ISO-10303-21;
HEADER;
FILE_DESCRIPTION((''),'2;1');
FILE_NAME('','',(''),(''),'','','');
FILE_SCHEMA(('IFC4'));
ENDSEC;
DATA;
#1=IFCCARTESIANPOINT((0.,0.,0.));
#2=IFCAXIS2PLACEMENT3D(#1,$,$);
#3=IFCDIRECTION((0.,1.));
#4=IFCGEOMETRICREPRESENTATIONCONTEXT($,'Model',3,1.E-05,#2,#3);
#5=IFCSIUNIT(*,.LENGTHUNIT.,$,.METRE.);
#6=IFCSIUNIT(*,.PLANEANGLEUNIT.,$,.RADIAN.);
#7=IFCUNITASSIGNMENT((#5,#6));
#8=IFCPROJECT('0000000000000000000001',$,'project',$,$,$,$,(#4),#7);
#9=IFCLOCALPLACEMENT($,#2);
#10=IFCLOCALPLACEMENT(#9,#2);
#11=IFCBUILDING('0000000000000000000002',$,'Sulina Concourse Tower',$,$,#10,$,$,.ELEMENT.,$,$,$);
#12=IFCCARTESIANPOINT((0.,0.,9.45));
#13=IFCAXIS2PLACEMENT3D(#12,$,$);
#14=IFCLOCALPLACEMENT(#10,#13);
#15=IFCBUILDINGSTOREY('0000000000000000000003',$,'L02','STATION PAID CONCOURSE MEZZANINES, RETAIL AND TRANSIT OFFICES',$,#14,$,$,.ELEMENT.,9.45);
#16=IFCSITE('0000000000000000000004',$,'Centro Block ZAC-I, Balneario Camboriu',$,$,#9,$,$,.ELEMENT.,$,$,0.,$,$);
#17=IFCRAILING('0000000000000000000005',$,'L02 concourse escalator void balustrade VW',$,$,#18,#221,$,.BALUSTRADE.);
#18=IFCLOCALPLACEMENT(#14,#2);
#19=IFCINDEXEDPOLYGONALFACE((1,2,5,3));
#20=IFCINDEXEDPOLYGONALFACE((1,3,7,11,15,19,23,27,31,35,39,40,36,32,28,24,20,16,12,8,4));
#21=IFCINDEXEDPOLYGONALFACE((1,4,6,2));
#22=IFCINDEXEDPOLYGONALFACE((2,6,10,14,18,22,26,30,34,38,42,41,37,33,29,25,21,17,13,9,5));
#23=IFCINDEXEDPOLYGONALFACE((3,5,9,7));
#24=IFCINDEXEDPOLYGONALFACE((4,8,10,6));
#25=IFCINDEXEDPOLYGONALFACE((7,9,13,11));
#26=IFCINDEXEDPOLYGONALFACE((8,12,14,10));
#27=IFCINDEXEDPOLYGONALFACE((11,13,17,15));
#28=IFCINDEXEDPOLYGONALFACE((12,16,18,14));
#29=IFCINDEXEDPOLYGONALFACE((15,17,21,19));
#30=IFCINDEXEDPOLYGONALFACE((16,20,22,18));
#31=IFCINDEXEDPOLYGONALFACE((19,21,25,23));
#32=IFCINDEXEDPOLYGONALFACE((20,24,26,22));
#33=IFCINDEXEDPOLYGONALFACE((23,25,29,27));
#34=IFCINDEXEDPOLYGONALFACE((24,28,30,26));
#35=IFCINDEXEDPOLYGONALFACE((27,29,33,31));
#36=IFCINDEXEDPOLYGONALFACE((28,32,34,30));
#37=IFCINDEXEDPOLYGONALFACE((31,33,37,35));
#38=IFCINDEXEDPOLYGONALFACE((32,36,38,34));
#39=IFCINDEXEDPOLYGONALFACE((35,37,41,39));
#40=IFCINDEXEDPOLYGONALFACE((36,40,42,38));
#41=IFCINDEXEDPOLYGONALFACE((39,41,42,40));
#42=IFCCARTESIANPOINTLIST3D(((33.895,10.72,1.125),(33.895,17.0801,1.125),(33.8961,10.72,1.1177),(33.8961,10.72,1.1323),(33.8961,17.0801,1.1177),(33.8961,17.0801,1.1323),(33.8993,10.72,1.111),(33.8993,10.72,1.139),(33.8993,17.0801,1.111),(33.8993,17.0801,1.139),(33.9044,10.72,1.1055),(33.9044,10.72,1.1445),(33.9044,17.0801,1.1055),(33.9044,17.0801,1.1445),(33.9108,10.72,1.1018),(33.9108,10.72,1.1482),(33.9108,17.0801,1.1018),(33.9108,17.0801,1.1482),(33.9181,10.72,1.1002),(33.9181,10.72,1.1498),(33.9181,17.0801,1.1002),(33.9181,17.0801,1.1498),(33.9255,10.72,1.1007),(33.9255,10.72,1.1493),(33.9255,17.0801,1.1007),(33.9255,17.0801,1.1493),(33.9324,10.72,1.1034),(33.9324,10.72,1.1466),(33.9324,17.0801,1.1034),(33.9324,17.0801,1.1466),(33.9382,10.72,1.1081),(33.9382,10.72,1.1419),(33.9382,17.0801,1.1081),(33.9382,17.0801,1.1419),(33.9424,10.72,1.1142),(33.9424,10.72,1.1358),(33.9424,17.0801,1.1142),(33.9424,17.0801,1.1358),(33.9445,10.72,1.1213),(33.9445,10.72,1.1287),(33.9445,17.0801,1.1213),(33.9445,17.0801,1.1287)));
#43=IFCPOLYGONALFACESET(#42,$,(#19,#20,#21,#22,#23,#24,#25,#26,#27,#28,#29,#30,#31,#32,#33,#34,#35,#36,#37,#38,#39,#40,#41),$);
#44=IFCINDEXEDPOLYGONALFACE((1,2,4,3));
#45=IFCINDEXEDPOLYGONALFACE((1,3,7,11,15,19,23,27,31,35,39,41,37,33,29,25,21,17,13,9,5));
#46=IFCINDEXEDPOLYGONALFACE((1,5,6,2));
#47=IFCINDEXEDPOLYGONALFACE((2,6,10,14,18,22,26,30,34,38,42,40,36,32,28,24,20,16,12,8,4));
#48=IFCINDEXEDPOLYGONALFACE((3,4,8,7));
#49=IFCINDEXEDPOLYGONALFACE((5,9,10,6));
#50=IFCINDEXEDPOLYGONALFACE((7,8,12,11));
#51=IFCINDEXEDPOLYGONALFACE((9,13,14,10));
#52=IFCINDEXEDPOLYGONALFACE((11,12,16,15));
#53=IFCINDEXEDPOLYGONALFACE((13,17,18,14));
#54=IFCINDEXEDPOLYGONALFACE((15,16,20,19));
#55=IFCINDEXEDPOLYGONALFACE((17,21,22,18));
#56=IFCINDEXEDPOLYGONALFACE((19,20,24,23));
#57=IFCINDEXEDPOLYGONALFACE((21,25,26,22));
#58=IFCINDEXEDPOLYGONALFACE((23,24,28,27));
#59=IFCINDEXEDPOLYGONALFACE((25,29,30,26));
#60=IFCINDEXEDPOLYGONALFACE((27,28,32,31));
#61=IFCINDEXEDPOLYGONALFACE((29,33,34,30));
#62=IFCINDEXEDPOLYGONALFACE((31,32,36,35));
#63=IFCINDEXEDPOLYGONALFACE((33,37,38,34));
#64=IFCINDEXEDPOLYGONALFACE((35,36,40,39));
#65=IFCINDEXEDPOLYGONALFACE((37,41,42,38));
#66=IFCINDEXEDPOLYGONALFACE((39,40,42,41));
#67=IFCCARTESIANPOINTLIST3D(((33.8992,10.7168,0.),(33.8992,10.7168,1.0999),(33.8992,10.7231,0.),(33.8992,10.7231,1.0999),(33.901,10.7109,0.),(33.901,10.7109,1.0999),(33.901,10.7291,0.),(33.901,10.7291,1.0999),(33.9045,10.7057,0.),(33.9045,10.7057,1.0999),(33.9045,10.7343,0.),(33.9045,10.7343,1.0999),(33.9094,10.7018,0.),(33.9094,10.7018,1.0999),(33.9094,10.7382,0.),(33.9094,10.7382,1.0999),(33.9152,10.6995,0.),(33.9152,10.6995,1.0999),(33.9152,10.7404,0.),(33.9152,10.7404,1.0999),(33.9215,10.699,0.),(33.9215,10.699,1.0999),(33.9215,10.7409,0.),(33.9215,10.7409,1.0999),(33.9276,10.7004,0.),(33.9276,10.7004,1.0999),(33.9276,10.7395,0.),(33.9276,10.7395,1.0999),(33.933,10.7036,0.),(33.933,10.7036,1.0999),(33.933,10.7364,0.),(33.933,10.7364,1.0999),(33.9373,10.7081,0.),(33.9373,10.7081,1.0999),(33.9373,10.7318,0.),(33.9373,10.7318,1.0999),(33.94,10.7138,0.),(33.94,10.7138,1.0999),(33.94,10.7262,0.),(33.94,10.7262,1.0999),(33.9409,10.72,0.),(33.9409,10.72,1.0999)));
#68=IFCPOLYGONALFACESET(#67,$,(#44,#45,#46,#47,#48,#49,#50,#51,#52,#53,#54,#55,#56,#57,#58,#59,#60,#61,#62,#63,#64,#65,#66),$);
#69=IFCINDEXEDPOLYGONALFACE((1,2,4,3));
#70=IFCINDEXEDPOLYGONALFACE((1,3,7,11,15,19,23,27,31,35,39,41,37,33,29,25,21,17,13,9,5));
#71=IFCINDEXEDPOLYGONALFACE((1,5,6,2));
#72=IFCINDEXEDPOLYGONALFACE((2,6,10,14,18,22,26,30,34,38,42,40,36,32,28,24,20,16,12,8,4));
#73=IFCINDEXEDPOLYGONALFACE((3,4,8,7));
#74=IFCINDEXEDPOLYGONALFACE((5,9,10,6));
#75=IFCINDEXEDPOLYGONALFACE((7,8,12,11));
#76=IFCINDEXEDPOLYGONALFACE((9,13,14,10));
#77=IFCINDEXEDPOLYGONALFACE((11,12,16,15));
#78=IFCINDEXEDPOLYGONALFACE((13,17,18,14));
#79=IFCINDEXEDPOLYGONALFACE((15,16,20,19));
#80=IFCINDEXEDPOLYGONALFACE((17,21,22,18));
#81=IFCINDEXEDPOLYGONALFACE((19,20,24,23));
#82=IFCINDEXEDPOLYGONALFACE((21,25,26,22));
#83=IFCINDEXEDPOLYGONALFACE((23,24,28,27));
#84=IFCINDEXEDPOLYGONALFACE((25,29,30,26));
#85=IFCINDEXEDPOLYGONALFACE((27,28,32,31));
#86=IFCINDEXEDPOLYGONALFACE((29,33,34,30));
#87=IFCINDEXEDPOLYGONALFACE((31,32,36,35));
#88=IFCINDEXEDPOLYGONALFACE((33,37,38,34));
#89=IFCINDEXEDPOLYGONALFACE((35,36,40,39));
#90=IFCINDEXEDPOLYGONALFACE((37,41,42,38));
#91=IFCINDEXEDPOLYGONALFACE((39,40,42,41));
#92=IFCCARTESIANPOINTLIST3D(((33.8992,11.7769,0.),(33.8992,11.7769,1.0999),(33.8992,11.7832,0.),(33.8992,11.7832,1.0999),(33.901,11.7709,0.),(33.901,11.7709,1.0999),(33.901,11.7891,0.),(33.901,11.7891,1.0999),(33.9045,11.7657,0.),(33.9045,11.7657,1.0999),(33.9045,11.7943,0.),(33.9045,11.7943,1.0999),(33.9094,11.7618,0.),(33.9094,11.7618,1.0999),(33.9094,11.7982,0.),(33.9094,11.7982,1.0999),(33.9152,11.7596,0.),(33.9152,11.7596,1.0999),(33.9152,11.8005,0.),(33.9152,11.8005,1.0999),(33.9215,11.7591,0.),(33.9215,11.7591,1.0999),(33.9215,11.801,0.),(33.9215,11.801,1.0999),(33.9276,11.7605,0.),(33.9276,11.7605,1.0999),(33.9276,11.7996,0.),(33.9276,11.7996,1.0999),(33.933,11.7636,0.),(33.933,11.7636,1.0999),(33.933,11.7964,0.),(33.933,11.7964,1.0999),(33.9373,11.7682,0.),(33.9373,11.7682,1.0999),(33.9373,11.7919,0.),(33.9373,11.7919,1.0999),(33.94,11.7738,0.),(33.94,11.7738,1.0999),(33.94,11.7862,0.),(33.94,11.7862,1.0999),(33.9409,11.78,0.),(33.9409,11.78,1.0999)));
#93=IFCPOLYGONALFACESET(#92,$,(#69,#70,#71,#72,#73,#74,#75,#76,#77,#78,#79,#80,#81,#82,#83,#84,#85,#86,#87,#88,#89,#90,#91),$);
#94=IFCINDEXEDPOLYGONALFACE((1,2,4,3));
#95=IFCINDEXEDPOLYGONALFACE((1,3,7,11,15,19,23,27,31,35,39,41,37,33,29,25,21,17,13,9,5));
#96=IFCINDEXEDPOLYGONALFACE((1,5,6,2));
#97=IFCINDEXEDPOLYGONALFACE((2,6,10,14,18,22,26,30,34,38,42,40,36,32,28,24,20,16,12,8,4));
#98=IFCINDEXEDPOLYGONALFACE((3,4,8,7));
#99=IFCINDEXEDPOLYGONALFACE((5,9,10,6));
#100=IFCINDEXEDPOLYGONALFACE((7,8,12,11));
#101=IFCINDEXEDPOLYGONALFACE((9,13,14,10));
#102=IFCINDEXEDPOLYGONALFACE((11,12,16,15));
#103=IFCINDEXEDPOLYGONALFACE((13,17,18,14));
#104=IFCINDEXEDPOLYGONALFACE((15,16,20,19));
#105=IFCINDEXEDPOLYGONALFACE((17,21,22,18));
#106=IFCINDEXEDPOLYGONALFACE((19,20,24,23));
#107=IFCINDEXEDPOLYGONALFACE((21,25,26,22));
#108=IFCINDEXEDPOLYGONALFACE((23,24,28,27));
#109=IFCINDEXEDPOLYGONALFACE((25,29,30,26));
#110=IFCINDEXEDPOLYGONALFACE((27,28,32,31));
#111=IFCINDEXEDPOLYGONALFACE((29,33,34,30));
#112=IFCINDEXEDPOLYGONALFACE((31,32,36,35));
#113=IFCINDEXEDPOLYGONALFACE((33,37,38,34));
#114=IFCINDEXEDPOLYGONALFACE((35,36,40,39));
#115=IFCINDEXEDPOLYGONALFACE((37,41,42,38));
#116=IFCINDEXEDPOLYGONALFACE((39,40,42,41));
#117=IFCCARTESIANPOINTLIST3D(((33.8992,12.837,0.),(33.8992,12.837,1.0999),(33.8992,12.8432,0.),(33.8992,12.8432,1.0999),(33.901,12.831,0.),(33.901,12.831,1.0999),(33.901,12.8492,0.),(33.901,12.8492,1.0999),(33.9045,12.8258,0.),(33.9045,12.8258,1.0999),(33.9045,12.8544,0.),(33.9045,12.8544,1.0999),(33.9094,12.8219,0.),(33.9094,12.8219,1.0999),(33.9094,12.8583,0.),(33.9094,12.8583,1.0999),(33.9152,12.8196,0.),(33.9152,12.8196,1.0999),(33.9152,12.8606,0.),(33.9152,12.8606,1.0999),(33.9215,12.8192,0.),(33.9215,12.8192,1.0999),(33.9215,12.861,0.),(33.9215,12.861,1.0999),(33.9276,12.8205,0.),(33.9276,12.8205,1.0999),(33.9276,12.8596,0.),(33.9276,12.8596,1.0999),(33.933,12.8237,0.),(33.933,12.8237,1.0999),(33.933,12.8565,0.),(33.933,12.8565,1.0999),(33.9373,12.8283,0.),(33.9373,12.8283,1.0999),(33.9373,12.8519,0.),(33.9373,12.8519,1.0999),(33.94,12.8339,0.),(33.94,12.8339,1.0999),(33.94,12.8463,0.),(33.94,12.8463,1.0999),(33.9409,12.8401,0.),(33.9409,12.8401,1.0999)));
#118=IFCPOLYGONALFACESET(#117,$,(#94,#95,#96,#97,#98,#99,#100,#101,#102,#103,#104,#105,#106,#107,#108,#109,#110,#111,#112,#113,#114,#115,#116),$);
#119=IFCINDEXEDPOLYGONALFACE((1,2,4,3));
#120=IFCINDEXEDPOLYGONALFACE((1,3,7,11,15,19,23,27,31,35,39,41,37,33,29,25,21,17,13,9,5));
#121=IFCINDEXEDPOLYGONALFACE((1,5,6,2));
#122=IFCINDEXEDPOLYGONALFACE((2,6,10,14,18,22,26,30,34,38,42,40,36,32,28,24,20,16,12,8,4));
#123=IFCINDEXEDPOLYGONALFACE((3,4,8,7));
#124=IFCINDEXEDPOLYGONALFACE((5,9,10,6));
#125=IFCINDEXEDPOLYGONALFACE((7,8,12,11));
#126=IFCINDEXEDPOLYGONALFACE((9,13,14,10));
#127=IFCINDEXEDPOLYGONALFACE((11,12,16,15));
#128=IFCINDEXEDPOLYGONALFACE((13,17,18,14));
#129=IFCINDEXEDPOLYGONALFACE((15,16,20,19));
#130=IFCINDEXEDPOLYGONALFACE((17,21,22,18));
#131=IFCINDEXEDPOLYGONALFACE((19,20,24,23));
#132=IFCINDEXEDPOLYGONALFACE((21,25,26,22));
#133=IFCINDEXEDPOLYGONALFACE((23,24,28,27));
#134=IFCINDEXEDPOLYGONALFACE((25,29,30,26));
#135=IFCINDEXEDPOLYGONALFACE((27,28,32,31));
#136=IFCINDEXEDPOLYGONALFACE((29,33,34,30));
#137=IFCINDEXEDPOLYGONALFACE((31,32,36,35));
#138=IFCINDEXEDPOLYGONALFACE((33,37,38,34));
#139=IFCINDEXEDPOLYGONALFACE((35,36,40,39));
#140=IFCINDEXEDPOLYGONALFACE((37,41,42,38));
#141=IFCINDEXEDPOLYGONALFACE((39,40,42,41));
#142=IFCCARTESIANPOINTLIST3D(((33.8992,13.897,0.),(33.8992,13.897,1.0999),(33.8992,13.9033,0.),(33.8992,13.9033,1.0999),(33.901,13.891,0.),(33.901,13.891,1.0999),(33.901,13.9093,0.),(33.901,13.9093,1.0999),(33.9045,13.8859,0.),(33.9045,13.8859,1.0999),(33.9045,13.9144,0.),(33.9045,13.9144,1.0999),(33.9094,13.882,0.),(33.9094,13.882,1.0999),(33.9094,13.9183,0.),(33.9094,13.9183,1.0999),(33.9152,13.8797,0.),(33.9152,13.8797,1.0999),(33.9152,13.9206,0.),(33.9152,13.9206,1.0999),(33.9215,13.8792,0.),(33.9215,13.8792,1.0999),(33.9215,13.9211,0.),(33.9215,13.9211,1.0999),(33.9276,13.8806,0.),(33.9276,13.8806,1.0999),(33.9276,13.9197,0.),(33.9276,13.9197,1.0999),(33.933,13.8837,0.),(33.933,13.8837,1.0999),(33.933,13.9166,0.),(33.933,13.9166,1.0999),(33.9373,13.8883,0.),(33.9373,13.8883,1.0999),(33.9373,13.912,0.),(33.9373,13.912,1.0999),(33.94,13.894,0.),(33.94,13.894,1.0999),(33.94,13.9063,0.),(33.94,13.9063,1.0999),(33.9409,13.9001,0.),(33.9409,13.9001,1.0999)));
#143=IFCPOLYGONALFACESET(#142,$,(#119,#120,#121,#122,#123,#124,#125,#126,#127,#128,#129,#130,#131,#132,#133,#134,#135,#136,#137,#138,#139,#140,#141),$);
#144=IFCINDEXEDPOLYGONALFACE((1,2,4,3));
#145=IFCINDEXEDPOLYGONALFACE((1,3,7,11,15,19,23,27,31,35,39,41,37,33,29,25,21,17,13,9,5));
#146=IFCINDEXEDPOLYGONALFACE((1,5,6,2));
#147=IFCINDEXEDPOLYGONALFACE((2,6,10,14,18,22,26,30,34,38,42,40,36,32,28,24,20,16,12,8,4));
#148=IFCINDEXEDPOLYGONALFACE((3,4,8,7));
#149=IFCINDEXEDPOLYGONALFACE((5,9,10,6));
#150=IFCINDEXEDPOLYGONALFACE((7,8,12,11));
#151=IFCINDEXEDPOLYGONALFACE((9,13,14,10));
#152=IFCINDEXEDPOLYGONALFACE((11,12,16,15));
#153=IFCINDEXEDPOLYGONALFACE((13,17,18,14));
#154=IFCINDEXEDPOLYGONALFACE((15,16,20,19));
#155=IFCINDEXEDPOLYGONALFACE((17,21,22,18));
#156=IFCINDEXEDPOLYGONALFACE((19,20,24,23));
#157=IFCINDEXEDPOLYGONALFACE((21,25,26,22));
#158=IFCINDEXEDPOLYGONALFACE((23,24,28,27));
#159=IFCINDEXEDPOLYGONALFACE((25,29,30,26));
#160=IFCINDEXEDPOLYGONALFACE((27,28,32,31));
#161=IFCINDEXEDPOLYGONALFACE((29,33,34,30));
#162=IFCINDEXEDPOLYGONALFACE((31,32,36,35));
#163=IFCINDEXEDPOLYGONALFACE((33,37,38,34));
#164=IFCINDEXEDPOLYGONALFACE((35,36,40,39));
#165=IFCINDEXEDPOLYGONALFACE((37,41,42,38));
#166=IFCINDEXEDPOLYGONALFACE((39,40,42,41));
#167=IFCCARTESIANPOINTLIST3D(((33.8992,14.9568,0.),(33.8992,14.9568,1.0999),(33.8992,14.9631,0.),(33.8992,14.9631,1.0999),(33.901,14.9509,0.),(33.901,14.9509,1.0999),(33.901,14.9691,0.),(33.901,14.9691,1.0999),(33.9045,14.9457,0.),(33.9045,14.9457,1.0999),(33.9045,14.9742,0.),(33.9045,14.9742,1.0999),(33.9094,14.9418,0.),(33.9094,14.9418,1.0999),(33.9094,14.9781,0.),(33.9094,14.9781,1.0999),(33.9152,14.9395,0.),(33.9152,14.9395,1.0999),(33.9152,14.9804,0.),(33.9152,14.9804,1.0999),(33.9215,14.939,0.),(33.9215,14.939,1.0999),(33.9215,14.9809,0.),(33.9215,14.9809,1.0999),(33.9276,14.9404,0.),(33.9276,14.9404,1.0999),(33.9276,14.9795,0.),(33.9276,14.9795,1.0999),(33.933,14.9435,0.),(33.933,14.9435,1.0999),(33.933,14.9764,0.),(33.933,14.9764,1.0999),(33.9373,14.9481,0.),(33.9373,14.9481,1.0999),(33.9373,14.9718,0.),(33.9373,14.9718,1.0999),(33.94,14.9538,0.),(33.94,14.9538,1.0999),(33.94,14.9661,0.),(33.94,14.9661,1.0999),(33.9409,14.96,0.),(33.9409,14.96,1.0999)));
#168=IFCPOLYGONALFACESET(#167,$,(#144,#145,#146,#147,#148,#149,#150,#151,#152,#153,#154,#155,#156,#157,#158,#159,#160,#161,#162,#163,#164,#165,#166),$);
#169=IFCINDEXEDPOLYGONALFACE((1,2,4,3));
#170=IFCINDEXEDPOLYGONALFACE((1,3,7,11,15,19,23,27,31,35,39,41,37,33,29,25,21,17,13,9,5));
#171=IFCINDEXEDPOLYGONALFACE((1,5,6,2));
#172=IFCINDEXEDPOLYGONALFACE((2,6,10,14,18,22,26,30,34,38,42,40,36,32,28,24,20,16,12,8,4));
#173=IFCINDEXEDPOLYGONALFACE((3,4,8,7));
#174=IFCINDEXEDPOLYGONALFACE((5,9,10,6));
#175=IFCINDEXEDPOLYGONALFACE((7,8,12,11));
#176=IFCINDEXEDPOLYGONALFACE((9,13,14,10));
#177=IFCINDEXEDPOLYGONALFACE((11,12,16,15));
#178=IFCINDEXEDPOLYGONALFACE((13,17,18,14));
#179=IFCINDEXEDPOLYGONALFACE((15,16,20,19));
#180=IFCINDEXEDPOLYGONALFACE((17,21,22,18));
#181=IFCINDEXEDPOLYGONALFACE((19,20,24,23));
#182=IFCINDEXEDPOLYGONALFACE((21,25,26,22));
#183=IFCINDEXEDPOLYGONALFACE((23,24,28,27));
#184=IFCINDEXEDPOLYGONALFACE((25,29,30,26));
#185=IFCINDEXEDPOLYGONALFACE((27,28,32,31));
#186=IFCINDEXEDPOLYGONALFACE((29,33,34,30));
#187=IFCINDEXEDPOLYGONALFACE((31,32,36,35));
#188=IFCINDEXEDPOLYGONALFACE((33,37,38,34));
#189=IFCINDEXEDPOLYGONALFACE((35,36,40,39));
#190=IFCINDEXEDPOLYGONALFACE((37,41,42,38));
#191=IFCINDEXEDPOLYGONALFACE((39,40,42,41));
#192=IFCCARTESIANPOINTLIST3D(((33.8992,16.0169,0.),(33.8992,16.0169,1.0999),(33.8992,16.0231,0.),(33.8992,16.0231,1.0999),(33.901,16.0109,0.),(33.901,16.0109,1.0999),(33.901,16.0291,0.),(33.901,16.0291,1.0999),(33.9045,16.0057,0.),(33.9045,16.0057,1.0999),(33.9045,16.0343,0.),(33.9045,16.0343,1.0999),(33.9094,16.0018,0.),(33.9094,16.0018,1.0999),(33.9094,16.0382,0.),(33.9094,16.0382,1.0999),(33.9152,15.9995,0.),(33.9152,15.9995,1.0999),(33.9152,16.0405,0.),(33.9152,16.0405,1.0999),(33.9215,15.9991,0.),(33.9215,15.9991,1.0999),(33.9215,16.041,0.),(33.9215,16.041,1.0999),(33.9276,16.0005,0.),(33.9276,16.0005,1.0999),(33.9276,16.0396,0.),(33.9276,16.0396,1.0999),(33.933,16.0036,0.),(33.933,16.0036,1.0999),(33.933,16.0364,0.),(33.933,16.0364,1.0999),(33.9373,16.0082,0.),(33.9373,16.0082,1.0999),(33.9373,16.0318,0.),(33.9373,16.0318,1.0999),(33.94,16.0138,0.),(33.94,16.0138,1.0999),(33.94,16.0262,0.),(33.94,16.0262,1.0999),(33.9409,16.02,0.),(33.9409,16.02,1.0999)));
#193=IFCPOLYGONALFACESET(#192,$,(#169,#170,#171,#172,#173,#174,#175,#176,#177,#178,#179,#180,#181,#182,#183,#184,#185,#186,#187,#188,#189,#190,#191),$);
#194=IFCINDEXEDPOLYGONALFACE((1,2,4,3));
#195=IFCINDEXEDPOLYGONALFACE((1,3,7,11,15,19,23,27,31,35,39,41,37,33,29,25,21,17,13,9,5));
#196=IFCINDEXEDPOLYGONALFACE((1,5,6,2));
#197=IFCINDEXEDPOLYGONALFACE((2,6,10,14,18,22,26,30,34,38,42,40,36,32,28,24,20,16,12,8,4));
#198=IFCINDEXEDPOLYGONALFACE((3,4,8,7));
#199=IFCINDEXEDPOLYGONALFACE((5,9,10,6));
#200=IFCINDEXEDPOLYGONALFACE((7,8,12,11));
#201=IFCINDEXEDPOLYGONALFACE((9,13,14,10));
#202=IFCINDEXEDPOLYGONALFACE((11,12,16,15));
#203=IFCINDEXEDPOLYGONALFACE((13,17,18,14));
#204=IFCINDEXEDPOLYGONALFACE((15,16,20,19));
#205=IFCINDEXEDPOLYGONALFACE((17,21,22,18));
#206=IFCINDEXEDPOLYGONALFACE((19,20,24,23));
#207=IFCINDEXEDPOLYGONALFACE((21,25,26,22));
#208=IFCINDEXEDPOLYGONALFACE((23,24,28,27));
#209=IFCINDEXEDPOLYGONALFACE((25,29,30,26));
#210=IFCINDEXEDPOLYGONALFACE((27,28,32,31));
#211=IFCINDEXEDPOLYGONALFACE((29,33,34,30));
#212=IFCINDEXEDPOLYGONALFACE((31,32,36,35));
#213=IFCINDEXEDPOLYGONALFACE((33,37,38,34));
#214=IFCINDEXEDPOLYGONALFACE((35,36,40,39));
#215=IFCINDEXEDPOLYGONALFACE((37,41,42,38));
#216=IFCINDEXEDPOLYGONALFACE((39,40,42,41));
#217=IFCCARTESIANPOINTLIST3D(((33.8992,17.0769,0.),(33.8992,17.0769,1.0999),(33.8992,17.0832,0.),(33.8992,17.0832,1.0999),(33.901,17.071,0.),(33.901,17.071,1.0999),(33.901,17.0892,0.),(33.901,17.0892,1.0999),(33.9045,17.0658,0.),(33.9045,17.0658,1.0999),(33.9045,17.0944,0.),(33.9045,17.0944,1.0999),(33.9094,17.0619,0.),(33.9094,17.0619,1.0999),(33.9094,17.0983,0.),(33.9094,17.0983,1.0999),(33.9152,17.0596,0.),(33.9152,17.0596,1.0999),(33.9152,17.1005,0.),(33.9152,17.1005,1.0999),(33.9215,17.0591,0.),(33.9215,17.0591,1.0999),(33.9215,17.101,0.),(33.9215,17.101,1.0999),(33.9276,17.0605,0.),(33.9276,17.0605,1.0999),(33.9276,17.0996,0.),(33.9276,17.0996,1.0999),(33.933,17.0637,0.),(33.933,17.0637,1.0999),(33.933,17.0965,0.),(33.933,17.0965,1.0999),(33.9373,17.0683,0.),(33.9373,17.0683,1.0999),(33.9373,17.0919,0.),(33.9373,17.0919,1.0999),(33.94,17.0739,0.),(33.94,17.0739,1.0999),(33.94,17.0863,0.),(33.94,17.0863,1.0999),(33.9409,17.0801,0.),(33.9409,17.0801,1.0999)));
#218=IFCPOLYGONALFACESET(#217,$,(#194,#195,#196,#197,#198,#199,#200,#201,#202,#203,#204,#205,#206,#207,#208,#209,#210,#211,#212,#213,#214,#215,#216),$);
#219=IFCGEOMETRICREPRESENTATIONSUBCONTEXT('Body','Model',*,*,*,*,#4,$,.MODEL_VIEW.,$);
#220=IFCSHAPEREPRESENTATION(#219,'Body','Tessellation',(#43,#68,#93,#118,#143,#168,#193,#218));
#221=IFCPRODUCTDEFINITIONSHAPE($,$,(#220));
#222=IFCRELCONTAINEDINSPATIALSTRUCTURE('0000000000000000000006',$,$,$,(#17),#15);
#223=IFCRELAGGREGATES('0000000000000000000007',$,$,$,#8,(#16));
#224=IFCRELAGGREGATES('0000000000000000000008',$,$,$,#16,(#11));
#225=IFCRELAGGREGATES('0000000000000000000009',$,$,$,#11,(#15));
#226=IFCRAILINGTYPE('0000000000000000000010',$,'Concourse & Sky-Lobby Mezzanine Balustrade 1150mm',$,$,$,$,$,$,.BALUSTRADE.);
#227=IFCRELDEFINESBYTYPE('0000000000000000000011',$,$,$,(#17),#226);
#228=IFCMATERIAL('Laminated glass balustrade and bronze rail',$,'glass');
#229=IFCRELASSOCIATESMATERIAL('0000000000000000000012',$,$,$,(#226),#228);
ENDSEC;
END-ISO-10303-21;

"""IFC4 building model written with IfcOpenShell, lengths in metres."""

from ifc_helpers import new_model, si_unit, direction, frame, origin, origin_2d, place, context, subcontext, project, spatial, circle, extrude, material, type_object, element, save


model = new_model("IFC4")

# Units and contexts
model_context = context("Model", 3, precision=1e-05, world=origin(), true_north=direction((0.0, 1.0)))
body_context = subcontext(model_context, "Body", "Model", "MODEL_VIEW")
ifc_project = project(units=[si_unit("LENGTHUNIT", "METRE"), si_unit("PLANEANGLEUNIT", "RADIAN")], contexts=[model_context])

# Site, building, storey
site_placement = place(None, origin())
site = spatial("IfcSite", under=ifc_project, at=site_placement, Name="Centro Block ZAC-I, Balneario Camboriu", CompositionType="ELEMENT", RefElevation=0.0)
building_placement = place(site_placement, origin())
building = spatial("IfcBuilding", under=site, at=building_placement, Name="Sulina Concourse Tower", CompositionType="ELEMENT")
storey_placement = place(building_placement, frame((0.0, 0.0, 9.45)))
storey = spatial("IfcBuildingStorey", under=building, at=storey_placement, Name="L02", Description="STATION PAID CONCOURSE MEZZANINES, RETAIL AND TRANSIT OFFICES", CompositionType="ELEMENT", Elevation=9.45)

# Railing
ifc_material_1 = material(Name="Laminated glass balustrade and bronze rail", Category="glass")
railing_type = type_object("IfcRailingType", Name="Concourse & Sky-Lobby Mezzanine Balustrade 1150mm", PredefinedType="BALUSTRADE", material=ifc_material_1)
railing_1_placement = place(storey_placement, frame((33.9199, 10.72, 0.0)))
element("IfcRailing", 1, at=railing_1_placement, inside=storey, type_object=railing_type, Name="L02 concourse escalator void balustrade VW", PredefinedType="BALUSTRADE", context=body_context, shape_type="SweptSolid", body=[
    extrude(circle(Radius=0.0249, at=origin_2d()), frame((0.0, 0.0, 1.125), z_axis=(0.0, 1.0, 0.0), x_axis=(-1.0, 0.0, 0.0)), (0.0, 0.0, 1.0), 6.3601),
    extrude(circle(Radius=0.021, at=origin_2d()), origin(), (0.0, 0.0, 1.0), 1.0999),
    extrude(circle(Radius=0.021, at=origin_2d()), frame((0.0, 1.0601, 0.0)), (0.0, 0.0, 1.0), 1.0999),
    extrude(circle(Radius=0.021, at=origin_2d()), frame((0.0, 2.1201, 0.0)), (0.0, 0.0, 1.0), 1.0999),
    extrude(circle(Radius=0.021, at=origin_2d()), frame((0.0, 3.1802, 0.0)), (0.0, 0.0, 1.0), 1.0999),
    extrude(circle(Radius=0.021, at=origin_2d()), frame((0.0, 4.24, 0.0)), (0.0, 0.0, 1.0), 1.0999),
    extrude(circle(Radius=0.021, at=origin_2d()), frame((0.0, 5.3, 0.0)), (0.0, 0.0, 1.0), 1.0999),
    extrude(circle(Radius=0.021, at=origin_2d()), frame((0.0, 6.3601, 0.0)), (0.0, 0.0, 1.0), 1.0999),
])

save(model, "model.ifc")
